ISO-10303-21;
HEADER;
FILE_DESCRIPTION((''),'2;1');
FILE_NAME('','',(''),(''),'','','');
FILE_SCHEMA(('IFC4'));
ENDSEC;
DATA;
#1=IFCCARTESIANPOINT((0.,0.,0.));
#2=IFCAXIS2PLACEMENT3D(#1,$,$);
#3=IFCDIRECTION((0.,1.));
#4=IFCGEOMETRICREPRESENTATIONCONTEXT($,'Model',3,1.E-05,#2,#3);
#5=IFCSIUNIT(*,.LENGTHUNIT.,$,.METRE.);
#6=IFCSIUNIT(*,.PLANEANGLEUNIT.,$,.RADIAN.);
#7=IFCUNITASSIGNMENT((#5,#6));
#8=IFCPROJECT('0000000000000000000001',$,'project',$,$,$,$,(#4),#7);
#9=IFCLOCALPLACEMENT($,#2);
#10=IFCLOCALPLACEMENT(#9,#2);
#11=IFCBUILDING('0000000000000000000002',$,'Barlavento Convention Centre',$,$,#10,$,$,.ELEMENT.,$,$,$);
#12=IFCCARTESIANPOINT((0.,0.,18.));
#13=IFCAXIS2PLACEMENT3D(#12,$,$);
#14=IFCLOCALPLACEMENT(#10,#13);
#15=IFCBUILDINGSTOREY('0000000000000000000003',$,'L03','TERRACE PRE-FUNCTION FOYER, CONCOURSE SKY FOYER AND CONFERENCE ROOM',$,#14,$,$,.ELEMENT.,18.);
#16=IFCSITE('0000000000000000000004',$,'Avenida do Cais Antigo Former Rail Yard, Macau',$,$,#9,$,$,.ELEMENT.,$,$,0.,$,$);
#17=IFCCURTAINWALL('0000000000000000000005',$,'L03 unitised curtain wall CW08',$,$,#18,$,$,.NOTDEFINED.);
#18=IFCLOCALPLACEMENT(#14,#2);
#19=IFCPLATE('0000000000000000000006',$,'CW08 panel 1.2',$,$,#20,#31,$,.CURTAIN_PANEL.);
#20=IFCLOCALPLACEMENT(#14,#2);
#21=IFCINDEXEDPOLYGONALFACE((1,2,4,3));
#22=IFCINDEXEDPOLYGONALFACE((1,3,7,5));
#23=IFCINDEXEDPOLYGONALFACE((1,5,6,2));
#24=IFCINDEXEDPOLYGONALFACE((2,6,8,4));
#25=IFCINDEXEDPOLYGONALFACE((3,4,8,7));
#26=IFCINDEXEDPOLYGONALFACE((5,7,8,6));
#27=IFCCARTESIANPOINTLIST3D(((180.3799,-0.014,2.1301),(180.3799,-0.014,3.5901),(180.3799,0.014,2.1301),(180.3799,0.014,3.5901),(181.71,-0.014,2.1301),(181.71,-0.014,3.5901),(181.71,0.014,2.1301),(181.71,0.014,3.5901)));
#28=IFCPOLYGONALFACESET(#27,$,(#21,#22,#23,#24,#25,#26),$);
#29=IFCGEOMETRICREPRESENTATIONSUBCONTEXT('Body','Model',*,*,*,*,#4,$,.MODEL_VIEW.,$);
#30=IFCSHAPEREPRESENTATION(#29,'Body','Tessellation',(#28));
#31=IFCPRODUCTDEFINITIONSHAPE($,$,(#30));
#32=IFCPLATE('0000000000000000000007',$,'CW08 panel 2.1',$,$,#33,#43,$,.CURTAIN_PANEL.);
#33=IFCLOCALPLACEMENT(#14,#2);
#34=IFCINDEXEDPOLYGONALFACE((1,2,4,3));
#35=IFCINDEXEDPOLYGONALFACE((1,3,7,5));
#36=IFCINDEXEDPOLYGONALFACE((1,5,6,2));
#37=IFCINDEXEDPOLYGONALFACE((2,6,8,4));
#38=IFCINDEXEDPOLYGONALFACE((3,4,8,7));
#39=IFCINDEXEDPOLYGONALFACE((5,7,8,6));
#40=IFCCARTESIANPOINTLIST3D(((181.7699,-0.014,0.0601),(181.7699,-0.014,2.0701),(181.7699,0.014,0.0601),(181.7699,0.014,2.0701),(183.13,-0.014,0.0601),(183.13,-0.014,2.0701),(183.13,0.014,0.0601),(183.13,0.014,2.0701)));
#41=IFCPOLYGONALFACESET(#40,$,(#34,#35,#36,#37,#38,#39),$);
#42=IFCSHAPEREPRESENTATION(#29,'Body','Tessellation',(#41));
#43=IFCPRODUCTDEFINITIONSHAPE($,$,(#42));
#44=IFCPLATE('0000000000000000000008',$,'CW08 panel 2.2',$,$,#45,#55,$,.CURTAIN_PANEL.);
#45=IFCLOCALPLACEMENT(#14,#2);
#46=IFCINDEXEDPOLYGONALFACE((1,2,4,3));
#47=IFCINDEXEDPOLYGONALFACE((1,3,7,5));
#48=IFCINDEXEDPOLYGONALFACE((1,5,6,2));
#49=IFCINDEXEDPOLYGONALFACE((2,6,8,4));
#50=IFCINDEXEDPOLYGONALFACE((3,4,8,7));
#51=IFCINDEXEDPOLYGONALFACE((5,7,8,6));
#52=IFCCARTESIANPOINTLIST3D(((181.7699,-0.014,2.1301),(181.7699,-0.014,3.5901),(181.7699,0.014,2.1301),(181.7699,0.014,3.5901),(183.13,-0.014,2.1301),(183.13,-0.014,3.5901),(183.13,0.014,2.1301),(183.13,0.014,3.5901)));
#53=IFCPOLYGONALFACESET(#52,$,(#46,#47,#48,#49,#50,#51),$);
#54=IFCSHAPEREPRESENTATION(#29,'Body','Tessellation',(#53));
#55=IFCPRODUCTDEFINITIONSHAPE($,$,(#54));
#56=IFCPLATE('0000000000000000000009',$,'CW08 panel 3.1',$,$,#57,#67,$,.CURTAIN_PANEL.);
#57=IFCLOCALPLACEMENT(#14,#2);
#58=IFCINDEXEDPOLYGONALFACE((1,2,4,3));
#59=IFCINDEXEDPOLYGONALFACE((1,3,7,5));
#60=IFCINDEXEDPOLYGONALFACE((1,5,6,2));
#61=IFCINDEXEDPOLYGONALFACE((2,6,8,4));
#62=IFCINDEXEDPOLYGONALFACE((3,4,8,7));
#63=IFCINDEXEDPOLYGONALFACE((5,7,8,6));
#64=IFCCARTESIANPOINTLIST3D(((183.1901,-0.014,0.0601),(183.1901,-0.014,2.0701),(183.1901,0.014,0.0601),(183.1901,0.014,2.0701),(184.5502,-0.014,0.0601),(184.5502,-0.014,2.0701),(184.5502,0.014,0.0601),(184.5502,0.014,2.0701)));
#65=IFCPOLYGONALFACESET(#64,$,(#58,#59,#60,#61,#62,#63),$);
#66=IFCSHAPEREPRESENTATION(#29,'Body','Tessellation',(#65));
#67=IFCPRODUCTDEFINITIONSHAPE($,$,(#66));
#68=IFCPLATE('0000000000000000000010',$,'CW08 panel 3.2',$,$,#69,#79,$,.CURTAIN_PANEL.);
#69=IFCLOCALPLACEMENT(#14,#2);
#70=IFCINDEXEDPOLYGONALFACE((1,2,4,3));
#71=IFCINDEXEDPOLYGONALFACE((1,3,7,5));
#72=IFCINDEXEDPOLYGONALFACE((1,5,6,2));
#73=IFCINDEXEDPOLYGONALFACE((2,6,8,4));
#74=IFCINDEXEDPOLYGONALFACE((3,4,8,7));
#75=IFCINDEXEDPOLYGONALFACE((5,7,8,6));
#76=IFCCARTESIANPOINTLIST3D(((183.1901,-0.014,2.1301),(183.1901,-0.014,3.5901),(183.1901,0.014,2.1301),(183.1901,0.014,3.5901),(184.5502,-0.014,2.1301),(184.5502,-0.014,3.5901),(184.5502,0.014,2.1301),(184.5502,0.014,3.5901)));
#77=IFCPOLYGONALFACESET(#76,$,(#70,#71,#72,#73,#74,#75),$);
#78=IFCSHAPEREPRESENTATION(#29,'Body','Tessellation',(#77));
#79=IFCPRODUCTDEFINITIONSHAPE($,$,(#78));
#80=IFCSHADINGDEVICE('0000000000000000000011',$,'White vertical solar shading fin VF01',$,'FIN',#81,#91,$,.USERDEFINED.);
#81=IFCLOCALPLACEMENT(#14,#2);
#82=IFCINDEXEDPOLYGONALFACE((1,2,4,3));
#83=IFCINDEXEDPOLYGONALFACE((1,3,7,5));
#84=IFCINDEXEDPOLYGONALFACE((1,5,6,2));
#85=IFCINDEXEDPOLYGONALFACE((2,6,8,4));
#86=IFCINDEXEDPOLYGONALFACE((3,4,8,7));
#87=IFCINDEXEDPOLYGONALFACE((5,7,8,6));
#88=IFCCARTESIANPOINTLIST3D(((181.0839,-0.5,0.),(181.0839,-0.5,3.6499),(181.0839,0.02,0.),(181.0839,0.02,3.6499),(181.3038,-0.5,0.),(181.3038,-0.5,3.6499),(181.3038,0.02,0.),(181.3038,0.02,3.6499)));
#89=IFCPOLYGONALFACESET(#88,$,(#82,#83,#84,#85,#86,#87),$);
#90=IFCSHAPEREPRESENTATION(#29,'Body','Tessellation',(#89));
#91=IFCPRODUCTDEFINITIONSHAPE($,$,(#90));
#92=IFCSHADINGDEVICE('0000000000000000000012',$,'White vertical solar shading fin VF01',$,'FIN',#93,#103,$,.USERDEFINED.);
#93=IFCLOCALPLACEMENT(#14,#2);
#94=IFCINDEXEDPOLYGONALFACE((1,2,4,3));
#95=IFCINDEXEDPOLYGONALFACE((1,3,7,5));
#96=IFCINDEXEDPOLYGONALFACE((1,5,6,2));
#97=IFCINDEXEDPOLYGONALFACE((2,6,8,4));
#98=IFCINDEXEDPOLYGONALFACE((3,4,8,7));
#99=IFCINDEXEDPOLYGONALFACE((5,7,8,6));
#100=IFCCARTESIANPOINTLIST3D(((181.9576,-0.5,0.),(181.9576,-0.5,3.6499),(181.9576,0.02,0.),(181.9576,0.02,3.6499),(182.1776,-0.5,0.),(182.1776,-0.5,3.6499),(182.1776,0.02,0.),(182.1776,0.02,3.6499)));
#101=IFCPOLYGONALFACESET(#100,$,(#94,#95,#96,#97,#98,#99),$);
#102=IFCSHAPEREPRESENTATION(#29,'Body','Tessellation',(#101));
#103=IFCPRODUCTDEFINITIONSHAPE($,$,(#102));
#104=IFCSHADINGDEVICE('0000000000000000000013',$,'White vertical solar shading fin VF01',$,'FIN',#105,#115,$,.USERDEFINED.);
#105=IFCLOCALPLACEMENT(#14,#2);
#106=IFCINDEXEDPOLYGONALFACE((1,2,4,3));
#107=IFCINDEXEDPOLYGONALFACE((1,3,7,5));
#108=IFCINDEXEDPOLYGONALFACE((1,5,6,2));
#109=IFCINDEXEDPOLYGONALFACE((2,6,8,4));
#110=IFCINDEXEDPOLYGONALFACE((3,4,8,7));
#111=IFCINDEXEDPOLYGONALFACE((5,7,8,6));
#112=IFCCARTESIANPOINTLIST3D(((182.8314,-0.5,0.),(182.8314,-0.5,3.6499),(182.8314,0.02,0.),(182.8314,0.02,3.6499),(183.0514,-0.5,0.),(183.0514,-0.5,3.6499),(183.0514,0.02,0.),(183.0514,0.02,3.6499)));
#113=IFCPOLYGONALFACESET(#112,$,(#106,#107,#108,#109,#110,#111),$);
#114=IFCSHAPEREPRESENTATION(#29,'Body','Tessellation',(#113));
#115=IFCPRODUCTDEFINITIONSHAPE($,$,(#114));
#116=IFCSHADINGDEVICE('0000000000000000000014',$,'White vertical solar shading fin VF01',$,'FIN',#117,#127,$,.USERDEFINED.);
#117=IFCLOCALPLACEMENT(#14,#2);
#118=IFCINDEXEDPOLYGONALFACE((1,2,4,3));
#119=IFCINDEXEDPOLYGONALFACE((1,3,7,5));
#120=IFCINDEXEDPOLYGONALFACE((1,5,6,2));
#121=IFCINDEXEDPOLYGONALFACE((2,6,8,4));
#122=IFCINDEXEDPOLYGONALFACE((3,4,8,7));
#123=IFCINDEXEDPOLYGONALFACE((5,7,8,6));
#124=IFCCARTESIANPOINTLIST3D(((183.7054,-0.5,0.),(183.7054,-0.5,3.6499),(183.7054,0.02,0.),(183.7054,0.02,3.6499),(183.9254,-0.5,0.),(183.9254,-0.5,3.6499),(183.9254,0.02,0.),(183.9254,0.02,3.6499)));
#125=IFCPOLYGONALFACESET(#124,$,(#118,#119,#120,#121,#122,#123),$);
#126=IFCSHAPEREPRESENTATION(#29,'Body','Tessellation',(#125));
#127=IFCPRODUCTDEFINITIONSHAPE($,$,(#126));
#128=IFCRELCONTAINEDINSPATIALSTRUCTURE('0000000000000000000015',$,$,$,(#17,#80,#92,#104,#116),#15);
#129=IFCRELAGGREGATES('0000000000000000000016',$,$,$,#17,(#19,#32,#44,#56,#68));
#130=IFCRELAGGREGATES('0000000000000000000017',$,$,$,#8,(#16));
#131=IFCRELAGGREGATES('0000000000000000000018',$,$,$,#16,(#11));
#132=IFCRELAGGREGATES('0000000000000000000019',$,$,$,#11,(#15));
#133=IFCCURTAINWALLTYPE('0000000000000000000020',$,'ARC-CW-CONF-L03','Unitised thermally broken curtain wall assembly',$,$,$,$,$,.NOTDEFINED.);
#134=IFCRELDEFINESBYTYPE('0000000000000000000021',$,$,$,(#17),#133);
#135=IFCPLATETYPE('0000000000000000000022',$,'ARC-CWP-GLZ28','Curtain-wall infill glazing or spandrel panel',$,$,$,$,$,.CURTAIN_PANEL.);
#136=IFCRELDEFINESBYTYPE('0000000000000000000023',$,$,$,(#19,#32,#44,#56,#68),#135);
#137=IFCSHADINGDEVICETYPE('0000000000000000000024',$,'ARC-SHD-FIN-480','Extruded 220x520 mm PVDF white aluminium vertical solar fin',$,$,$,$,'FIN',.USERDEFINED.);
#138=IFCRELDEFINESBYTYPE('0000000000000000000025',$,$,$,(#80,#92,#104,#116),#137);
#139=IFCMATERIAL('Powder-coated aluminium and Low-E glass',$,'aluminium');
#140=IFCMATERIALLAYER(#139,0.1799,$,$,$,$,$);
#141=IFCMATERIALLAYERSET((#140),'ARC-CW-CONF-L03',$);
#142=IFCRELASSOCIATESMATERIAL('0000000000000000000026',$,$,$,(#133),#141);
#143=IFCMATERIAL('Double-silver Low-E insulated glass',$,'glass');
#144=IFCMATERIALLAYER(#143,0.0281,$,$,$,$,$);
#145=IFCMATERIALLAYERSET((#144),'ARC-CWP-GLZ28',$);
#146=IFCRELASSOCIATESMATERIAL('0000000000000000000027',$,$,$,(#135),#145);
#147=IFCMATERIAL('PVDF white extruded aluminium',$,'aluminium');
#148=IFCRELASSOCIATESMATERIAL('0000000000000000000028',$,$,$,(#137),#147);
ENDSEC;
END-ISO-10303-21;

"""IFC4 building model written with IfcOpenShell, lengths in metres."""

from ifc_helpers import new_model, si_unit, direction, frame, origin, origin_2d, place, context, subcontext, project, spatial, rectangle, extrude, material, layer, layer_set, type_object, element, aggregate, save


model = new_model("IFC4")

# Units and contexts
model_context = context("Model", 3, precision=1e-05, world=origin(), true_north=direction((0.0, 1.0)))
body_context = subcontext(model_context, "Body", "Model", "MODEL_VIEW")
ifc_project = project(units=[si_unit("LENGTHUNIT", "METRE"), si_unit("PLANEANGLEUNIT", "RADIAN")], contexts=[model_context])

# Site, building, storey
site_placement = place(None, origin())
site = spatial("IfcSite", under=ifc_project, at=site_placement, Name="Avenida do Cais Antigo Former Rail Yard, Macau", CompositionType="ELEMENT", RefElevation=0.0)
building_placement = place(site_placement, origin())
building = spatial("IfcBuilding", under=site, at=building_placement, Name="Barlavento Convention Centre", CompositionType="ELEMENT")
storey_placement = place(building_placement, frame((0.0, 0.0, 18.0)))
storey = spatial("IfcBuildingStorey", under=building, at=storey_placement, Name="L03", Description="TERRACE PRE-FUNCTION FOYER, CONCOURSE SKY FOYER AND CONFERENCE ROOM", CompositionType="ELEMENT", Elevation=18.0)

# Shared definitions
ifc_material_1 = material(Name="Powder-coated aluminium and Low-E glass", Category="aluminium")
ifc_layer_1 = layer(ifc_material_1, 0.1799)
ifc_layer_set_1 = layer_set([ifc_layer_1], Name="ARC-CW-CONF-L03")
curtain_wall_type = type_object("IfcCurtainWallType", Name="ARC-CW-CONF-L03", Description="Unitised thermally broken curtain wall assembly", PredefinedType="NOTDEFINED", material=ifc_layer_set_1)

# Curtain wall
curtain_wall_1_placement = place(storey_placement, origin())
curtain_wall_1 = element("IfcCurtainWall", 1, at=curtain_wall_1_placement, inside=storey, type_object=curtain_wall_type, Name="L03 unitised curtain wall CW08", PredefinedType="NOTDEFINED")

# Plates
ifc_material_2 = material(Name="Double-silver Low-E insulated glass", Category="glass")
ifc_layer_2 = layer(ifc_material_2, 0.0281)
ifc_layer_set_2 = layer_set([ifc_layer_2], Name="ARC-CWP-GLZ28")
plate_type = type_object("IfcPlateType", Name="ARC-CWP-GLZ28", Description="Curtain-wall infill glazing or spandrel panel", PredefinedType="CURTAIN_PANEL", material=ifc_layer_set_2)
plate_1_placement = place(storey_placement, frame((181.0449, 0.0, 2.1301), z_axis=(0.0, 0.0, 1.0), x_axis=(1.0, 0.0, 0.0)))
plate_1 = element("IfcPlate", 2, at=plate_1_placement, type_object=plate_type, Name="CW08 panel 1.2", PredefinedType="CURTAIN_PANEL", context=body_context, shape_type="SweptSolid", body=[
    extrude(rectangle(XDim=1.3301, YDim=0.0281, at=origin_2d()), origin(), (0.0, 0.0, 1.0), 1.46),
])
plate_2_placement = place(storey_placement, frame((182.45, 0.0, 0.0601), z_axis=(0.0, 0.0, 1.0), x_axis=(1.0, 0.0, 0.0)))
plate_2 = element("IfcPlate", 3, at=plate_2_placement, type_object=plate_type, Name="CW08 panel 2.1", PredefinedType="CURTAIN_PANEL", context=body_context, shape_type="SweptSolid", body=[
    extrude(rectangle(XDim=1.3601, YDim=0.0281, at=origin_2d()), origin(), (0.0, 0.0, 1.0), 2.01),
])
plate_3_placement = place(storey_placement, frame((182.45, 0.0, 2.1301), z_axis=(0.0, 0.0, 1.0), x_axis=(1.0, 0.0, 0.0)))
plate_3 = element("IfcPlate", 4, at=plate_3_placement, type_object=plate_type, Name="CW08 panel 2.2", PredefinedType="CURTAIN_PANEL", context=body_context, shape_type="SweptSolid", body=[
    extrude(rectangle(XDim=1.3601, YDim=0.0281, at=origin_2d()), origin(), (0.0, 0.0, 1.0), 1.46),
])
plate_4_placement = place(storey_placement, frame((183.8701, 0.0, 0.0601), z_axis=(0.0, 0.0, 1.0), x_axis=(1.0, 0.0, 0.0)))
plate_4 = element("IfcPlate", 5, at=plate_4_placement, type_object=plate_type, Name="CW08 panel 3.1", PredefinedType="CURTAIN_PANEL", context=body_context, shape_type="SweptSolid", body=[
    extrude(rectangle(XDim=1.3601, YDim=0.0281, at=origin_2d()), origin(), (0.0, 0.0, 1.0), 2.01),
])
plate_5_placement = place(storey_placement, frame((183.8701, 0.0, 2.1301), z_axis=(0.0, 0.0, 1.0), x_axis=(1.0, 0.0, 0.0)))
plate_5 = element("IfcPlate", 6, at=plate_5_placement, type_object=plate_type, Name="CW08 panel 3.2", PredefinedType="CURTAIN_PANEL", context=body_context, shape_type="SweptSolid", body=[
    extrude(rectangle(XDim=1.3601, YDim=0.0281, at=origin_2d()), origin(), (0.0, 0.0, 1.0), 1.46),
])
aggregate(curtain_wall_1, [plate_1, plate_2, plate_3, plate_4, plate_5])

# Shading devices
ifc_material_3 = material(Name="PVDF white extruded aluminium", Category="aluminium")
shading_device_type = type_object("IfcShadingDeviceType", Name="ARC-SHD-FIN-480", Description="Extruded 220x520 mm PVDF white aluminium vertical solar fin", ElementType="FIN", PredefinedType="USERDEFINED", material=ifc_material_3)
for number, where, z_axis, x_axis, name in (
    (7, (181.1938, -0.24, 0.0), (0.0, 0.0, 1.0), (1.0, 0.0, 0.0), "White vertical solar shading fin VF01"),
    (8, (182.0676, -0.24, 0.0), (0.0, 0.0, 1.0), (1.0, 0.0, 0.0), "White vertical solar shading fin VF01"),
    (9, (182.9414, -0.24, 0.0), (0.0, 0.0, 1.0), (1.0, 0.0, 0.0), "White vertical solar shading fin VF01"),
    (10, (183.8154, -0.24, 0.0), (0.0, 0.0, 1.0), (1.0, 0.0, 0.0), "White vertical solar shading fin VF01"),
):
    element("IfcShadingDevice", number, at=place(storey_placement, frame(where, z_axis=z_axis, x_axis=x_axis)), inside=storey, type_object=shading_device_type, Name=name, ObjectType="FIN", PredefinedType="USERDEFINED", context=body_context, shape_type="SweptSolid", body=[
        extrude(rectangle(XDim=0.22, YDim=0.52, at=origin_2d()), origin(), (0.0, 0.0, 1.0), 3.6499),
    ])

save(model, "model.ifc")
